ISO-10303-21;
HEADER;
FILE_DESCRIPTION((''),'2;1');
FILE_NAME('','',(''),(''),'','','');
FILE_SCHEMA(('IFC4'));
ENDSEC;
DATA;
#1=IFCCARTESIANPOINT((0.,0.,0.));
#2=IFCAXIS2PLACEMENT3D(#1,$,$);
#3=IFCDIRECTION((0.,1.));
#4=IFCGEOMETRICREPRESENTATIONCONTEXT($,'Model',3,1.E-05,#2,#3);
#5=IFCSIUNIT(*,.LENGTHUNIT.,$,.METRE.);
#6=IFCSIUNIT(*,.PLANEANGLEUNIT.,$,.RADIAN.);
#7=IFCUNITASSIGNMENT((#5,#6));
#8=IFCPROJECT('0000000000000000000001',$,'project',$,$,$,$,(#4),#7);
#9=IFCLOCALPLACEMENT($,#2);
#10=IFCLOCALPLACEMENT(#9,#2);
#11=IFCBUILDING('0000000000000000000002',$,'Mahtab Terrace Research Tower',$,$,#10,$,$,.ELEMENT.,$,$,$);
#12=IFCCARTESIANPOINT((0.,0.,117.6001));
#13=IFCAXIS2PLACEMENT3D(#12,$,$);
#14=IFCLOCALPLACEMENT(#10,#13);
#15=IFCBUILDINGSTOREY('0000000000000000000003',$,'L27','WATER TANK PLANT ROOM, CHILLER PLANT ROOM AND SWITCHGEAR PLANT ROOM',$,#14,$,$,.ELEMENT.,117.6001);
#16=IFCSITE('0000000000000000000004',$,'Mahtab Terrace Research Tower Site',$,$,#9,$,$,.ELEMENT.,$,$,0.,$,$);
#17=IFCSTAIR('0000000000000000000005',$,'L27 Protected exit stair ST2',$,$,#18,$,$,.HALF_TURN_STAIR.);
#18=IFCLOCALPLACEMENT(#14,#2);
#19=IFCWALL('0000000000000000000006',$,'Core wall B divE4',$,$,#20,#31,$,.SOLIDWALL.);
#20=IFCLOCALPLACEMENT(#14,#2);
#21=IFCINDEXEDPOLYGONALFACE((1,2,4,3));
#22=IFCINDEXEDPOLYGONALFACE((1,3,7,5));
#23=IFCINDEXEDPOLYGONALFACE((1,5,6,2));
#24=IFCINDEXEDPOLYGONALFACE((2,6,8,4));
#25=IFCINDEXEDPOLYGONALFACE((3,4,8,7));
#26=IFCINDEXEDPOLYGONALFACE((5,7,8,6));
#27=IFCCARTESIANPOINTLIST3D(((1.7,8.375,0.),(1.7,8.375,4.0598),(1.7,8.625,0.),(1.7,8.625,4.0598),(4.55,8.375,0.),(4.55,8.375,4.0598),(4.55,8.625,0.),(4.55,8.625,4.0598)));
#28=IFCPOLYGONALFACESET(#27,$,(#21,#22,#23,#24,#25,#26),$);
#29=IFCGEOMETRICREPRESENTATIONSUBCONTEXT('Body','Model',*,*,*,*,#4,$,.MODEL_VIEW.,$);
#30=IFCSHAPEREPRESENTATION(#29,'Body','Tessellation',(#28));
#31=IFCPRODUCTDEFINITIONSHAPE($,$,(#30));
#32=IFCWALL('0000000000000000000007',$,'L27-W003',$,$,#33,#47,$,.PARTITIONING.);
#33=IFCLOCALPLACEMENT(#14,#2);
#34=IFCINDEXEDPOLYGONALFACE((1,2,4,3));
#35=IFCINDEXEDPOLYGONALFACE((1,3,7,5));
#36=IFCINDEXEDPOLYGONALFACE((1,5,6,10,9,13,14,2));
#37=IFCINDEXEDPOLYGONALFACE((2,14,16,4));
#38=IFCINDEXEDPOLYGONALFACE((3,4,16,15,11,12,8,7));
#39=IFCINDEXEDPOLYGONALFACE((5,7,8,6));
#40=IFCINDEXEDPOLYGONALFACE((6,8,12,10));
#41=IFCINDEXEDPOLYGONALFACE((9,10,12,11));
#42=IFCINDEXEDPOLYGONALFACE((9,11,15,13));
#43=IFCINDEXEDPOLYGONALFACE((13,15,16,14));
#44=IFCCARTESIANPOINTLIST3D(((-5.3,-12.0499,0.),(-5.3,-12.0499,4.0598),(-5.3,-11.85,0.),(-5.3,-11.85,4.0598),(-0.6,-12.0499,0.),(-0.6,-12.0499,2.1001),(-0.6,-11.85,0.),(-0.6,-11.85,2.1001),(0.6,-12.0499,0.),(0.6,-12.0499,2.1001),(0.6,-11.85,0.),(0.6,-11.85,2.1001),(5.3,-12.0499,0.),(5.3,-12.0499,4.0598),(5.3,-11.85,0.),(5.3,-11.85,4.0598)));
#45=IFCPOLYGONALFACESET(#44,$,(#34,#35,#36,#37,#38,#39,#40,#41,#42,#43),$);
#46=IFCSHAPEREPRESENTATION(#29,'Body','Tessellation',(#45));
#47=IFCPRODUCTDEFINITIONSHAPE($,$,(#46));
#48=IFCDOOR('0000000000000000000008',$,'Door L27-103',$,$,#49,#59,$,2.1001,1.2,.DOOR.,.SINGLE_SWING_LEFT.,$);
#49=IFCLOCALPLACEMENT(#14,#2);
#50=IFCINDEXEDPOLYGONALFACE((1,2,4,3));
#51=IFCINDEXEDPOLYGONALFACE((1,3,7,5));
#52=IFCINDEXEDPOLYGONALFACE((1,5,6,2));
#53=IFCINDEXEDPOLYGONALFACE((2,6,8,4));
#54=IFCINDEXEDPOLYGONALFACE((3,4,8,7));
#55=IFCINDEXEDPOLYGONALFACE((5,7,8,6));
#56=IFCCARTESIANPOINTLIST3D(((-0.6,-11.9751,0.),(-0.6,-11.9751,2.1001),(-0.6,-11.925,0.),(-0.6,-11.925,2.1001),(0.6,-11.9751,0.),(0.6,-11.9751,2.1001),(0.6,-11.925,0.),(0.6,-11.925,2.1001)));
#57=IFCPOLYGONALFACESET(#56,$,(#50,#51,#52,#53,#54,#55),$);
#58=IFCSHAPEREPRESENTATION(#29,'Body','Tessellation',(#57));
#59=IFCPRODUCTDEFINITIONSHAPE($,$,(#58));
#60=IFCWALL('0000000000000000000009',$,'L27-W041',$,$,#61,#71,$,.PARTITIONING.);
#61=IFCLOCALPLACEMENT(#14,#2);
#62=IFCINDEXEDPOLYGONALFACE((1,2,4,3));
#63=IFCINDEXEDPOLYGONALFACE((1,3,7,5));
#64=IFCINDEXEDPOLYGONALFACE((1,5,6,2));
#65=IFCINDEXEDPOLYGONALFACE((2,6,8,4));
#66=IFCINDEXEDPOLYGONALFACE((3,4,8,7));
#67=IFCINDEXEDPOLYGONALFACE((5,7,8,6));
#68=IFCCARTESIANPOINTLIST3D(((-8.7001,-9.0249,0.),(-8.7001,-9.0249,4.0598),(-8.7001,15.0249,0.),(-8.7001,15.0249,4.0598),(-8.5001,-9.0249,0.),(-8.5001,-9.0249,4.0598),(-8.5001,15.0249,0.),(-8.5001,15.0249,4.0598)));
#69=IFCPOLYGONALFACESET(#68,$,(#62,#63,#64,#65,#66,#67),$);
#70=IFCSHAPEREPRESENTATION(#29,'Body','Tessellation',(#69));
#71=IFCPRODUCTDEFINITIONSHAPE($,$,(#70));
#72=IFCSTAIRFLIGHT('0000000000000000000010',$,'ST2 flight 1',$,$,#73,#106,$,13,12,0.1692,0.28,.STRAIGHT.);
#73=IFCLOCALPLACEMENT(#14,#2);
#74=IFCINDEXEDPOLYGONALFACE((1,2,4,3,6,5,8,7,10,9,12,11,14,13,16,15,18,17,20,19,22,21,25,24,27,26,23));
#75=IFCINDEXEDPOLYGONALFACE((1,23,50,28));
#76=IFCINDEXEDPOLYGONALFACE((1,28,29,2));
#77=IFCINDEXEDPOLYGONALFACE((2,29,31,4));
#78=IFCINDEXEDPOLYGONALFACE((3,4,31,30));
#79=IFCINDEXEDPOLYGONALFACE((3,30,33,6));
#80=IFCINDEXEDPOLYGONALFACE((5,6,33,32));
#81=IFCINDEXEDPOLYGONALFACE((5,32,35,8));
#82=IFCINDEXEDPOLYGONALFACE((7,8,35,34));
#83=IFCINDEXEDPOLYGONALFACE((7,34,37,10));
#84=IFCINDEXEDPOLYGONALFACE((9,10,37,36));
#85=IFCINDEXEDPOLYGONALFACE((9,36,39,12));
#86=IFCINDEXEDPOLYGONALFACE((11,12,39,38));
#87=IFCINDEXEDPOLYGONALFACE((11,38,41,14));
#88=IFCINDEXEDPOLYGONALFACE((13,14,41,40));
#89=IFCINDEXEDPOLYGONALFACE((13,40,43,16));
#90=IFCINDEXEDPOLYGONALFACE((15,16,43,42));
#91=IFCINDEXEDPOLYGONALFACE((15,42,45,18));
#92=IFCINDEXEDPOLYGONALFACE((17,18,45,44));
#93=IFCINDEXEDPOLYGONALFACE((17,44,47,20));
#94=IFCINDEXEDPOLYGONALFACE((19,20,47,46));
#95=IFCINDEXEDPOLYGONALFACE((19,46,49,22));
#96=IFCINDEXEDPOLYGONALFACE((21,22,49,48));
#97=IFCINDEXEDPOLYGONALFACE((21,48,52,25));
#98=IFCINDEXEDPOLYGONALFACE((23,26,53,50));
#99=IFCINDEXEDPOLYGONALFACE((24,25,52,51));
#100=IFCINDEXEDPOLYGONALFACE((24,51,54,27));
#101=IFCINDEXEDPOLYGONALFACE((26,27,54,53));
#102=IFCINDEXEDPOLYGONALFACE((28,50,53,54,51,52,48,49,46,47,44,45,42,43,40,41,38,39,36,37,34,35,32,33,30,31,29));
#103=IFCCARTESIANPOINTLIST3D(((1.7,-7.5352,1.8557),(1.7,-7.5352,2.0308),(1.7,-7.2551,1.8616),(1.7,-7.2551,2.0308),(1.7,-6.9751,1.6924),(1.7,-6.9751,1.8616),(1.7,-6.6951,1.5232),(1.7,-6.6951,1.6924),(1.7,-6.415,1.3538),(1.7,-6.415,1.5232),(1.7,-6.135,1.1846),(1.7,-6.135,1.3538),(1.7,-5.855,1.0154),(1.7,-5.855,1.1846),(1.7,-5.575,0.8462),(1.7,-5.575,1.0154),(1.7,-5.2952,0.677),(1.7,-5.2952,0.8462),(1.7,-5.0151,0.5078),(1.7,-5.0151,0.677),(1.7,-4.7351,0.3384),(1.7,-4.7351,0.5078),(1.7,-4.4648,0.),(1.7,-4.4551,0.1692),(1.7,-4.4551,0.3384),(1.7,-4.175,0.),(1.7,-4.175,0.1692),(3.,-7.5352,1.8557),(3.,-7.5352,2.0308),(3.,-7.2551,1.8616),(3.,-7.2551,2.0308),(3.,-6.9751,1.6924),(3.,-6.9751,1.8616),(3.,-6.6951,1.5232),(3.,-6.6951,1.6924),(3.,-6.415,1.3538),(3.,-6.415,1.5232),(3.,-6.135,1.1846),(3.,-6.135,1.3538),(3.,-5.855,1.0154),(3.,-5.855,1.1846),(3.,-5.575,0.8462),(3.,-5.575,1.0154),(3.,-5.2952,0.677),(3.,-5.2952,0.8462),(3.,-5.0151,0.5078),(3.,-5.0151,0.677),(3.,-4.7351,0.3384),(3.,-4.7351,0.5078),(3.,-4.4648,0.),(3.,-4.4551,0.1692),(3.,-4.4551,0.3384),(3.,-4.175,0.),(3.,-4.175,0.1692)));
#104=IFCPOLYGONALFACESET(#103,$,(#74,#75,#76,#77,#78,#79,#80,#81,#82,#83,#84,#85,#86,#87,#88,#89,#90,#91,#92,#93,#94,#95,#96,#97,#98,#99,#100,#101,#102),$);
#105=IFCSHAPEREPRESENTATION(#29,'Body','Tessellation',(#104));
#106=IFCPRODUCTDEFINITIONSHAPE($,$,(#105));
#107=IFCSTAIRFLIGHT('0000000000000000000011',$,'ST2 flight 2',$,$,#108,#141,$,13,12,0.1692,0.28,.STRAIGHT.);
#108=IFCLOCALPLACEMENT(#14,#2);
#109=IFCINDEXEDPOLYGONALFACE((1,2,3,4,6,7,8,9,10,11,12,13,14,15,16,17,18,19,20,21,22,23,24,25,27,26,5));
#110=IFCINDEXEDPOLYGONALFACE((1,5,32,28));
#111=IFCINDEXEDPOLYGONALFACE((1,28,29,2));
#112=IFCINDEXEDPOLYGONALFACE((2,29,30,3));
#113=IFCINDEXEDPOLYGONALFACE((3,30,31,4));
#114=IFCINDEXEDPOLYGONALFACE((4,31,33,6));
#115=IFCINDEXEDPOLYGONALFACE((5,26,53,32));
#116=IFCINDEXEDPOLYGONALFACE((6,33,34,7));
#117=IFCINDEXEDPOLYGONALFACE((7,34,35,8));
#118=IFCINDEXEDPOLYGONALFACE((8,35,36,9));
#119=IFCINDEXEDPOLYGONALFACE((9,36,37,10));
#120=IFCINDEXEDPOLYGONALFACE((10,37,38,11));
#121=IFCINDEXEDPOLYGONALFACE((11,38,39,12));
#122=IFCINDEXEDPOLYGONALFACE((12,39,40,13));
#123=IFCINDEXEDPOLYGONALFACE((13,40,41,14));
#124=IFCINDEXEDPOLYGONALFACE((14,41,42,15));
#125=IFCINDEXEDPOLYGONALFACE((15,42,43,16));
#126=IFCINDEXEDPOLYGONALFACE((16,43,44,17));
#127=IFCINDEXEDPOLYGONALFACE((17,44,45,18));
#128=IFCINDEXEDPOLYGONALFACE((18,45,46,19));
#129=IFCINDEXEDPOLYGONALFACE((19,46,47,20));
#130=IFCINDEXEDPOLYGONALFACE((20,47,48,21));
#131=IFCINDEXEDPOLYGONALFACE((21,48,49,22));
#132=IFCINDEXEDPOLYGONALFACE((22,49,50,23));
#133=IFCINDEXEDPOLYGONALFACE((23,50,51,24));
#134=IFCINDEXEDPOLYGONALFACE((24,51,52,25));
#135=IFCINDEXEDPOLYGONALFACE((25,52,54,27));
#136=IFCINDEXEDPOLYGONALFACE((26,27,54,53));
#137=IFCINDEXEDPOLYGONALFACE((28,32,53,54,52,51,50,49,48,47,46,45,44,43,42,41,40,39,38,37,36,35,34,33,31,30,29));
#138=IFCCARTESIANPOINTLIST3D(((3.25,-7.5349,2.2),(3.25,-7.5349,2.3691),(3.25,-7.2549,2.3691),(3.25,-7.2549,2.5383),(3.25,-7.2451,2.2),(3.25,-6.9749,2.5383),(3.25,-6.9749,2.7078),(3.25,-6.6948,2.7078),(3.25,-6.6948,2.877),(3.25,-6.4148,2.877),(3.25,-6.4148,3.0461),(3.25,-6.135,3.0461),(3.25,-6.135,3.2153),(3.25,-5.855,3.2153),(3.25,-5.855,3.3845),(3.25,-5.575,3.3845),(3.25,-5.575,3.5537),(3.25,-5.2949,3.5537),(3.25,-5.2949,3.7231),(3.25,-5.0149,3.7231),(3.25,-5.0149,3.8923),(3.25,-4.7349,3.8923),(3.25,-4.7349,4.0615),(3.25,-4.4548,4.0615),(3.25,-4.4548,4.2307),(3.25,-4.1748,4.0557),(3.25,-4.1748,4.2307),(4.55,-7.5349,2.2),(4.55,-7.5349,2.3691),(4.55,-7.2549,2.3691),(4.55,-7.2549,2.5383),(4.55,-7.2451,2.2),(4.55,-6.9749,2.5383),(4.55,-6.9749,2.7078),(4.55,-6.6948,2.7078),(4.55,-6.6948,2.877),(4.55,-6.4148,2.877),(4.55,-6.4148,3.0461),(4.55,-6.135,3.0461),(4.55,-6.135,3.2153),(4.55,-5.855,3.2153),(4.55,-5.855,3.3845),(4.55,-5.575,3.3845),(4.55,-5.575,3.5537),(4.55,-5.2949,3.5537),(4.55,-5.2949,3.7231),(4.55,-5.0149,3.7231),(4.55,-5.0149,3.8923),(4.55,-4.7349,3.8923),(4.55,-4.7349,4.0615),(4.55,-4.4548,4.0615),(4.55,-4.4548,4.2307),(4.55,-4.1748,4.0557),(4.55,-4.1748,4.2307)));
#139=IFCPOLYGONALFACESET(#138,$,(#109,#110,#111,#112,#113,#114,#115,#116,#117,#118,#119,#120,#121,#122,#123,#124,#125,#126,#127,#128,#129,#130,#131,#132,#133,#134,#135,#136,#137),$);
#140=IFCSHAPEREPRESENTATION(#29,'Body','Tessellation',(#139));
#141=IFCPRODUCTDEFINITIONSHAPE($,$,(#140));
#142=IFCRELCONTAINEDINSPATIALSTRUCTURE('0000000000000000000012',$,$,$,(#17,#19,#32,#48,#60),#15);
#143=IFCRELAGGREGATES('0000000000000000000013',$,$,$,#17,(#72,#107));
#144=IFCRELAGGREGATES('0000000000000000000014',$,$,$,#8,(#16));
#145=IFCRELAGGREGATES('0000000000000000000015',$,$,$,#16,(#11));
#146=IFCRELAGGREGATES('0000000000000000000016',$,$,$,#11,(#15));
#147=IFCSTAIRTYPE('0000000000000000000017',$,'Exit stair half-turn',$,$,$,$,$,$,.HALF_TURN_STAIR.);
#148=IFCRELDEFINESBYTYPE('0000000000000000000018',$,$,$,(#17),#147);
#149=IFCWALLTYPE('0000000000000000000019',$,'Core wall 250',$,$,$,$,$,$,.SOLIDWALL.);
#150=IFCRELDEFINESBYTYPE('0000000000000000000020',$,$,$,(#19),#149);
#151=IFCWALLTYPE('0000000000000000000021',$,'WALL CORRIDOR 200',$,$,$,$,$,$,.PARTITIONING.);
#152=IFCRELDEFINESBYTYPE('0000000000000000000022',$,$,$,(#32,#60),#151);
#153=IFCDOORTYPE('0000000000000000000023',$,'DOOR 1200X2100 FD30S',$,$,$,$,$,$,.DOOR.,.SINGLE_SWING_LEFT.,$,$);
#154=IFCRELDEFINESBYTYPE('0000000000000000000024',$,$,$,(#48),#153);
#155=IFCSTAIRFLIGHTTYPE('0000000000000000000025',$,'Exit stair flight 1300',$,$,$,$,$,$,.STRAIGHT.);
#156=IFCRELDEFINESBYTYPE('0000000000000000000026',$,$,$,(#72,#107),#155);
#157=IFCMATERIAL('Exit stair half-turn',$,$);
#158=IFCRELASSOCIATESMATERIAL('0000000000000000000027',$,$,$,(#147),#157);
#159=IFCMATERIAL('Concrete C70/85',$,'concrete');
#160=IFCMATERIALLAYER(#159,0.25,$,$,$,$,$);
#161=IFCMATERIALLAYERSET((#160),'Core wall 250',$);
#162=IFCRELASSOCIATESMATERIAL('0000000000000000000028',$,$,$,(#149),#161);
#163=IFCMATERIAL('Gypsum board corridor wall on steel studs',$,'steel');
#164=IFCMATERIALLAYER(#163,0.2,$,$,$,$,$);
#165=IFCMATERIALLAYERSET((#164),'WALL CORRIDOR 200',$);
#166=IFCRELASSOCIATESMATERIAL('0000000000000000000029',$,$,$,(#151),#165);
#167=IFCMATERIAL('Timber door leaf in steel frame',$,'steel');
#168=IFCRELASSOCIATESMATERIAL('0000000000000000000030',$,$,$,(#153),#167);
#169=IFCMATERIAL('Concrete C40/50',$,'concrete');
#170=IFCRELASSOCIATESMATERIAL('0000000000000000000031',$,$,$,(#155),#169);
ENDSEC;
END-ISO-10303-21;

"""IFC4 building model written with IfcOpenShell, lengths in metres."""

from ifc_helpers import new_model, si_unit, direction, frame, frame_2d, origin, place, context, subcontext, project, spatial, polyline, rectangle, outline, extrude, material, layer, layer_set, type_object, element, fill, aggregate, save


model = new_model("IFC4")

# Units and contexts
model_context = context("Model", 3, precision=1e-05, world=origin(), true_north=direction((0.0, 1.0)))
body_context = subcontext(model_context, "Body", "Model", "MODEL_VIEW")
ifc_project = project(units=[si_unit("LENGTHUNIT", "METRE"), si_unit("PLANEANGLEUNIT", "RADIAN")], contexts=[model_context])

# Site, building, storey
site_placement = place(None, origin())
site = spatial("IfcSite", under=ifc_project, at=site_placement, Name="Mahtab Terrace Research Tower Site", CompositionType="ELEMENT", RefElevation=0.0)
building_placement = place(site_placement, origin())
building = spatial("IfcBuilding", under=site, at=building_placement, Name="Mahtab Terrace Research Tower", CompositionType="ELEMENT")
storey_placement = place(building_placement, frame((0.0, 0.0, 117.6001)))
storey = spatial("IfcBuildingStorey", under=building, at=storey_placement, Name="L27", Description="WATER TANK PLANT ROOM, CHILLER PLANT ROOM AND SWITCHGEAR PLANT ROOM", CompositionType="ELEMENT", Elevation=117.6001)

# Shared definitions
ifc_material_1 = material(Name="Concrete C70/85", Category="concrete")

# Stair
ifc_material_2 = material(Name="Exit stair half-turn")
stair_type = type_object("IfcStairType", Name="Exit stair half-turn", PredefinedType="HALF_TURN_STAIR", material=ifc_material_2)
ifc_material_3 = material(Name="Concrete C40/50", Category="concrete")
stair_1_placement = place(storey_placement, origin())
stair_1 = element("IfcStair", 1, at=stair_1_placement, inside=storey, type_object=stair_type, Name="L27 Protected exit stair ST2", PredefinedType="HALF_TURN_STAIR")

# Shared definitions
ifc_layer_1 = layer(ifc_material_1, 0.25)
ifc_layer_set_1 = layer_set([ifc_layer_1], Name="Core wall 250")
wall_type_1 = type_object("IfcWallType", Name="Core wall 250", PredefinedType="SOLIDWALL", material=ifc_layer_set_1)

# Wall
for number, where, z_axis, x_axis, name in (
    (2, (1.7, 8.5, 0.0), (0.0, 0.0, 1.0), (1.0, 0.0, 0.0), "Core wall B divE4"),
):
    element("IfcWall", number, at=place(storey_placement, frame(where, z_axis=z_axis, x_axis=x_axis)), inside=storey, type_object=wall_type_1, Name=name, PredefinedType="SOLIDWALL", context=body_context, shape_type="SweptSolid", body=[
        extrude(rectangle(XDim=2.8501, YDim=0.25, at=frame_2d((1.425, 0.0))), origin(), (0.0, 0.0, 1.0), 4.0598),
    ])

# Wall, opening, door
ifc_material_4 = material(Name="Gypsum board corridor wall on steel studs", Category="steel")
ifc_layer_2 = layer(ifc_material_4, 0.2)
ifc_layer_set_2 = layer_set([ifc_layer_2], Name="WALL CORRIDOR 200")
wall_type_2 = type_object("IfcWallType", Name="WALL CORRIDOR 200", PredefinedType="PARTITIONING", material=ifc_layer_set_2)
wall_1_placement = place(storey_placement, frame((-5.3, -11.95, 0.0), z_axis=(0.0, 0.0, 1.0), x_axis=(1.0, 0.0, 0.0)))
wall_1 = element("IfcWall", 3, at=wall_1_placement, inside=storey, type_object=wall_type_2, Name="L27-W003", PredefinedType="PARTITIONING", context=body_context, shape_type="SweptSolid", body=[
    extrude(rectangle(XDim=10.6001, YDim=0.2, at=frame_2d((5.3, 0.0))), origin(), (0.0, 0.0, 1.0), 4.0598),
])
opening_1_placement = place(wall_1_placement, frame((4.7, 0.0, 0.0)))
opening_1 = element("IfcOpeningElement", 4, at=opening_1_placement, cuts=wall_1, PredefinedType="OPENING", context=body_context, shape_type="SweptSolid", body=[
    extrude(rectangle(XDim=1.2, YDim=2.1001, at=frame_2d((0.6001, 1.05))), frame((0.0, 0.1099, 0.0), z_axis=(0.0, -1.0, 0.0), x_axis=(1.0, 0.0, 0.0)), (0.0, 0.0, 1.0), 0.22),
])
ifc_material_5 = material(Name="Timber door leaf in steel frame", Category="steel")
door_type_1 = type_object("IfcDoorType", Name="DOOR 1200X2100 FD30S", OperationType="SINGLE_SWING_LEFT", PredefinedType="DOOR", material=ifc_material_5)
door_1_placement = place(opening_1_placement, origin())
door_1 = element("IfcDoor", 5, at=door_1_placement, inside=storey, type_object=door_type_1, Name="Door L27-103", OperationType="SINGLE_SWING_LEFT", OverallHeight=2.1001, OverallWidth=1.2, PredefinedType="DOOR", context=body_context, shape_type="SweptSolid", body=[
    extrude(rectangle(XDim=1.2, YDim=2.1001, at=frame_2d((0.6001, 1.05))), frame((0.0, 0.0249, 0.0), z_axis=(0.0, -1.0, 0.0), x_axis=(1.0, 0.0, 0.0)), (0.0, 0.0, 1.0), 0.05),
])
fill(opening_1, door_1)

# Wall
wall_2_placement = place(storey_placement, frame((-8.6001, -9.0249, 0.0), z_axis=(0.0, 0.0, 1.0), x_axis=(0.0, 1.0, 0.0)))
element("IfcWall", 6, at=wall_2_placement, inside=storey, type_object=wall_type_2, Name="L27-W041", PredefinedType="PARTITIONING", context=body_context, shape_type="SweptSolid", body=[
    extrude(rectangle(XDim=24.0498, YDim=0.2, at=frame_2d((12.0249, 0.0))), origin(), (0.0, 0.0, 1.0), 4.0598),
])

# Stair flights
stair_flight_type = type_object("IfcStairFlightType", Name="Exit stair flight 1300", PredefinedType="STRAIGHT", material=ifc_material_3)
stair_flight_1_placement = place(storey_placement, frame((2.3501, -4.175, 0.0), z_axis=(0.0, 0.0, 1.0), x_axis=(0.0, -1.0, 0.0)))
stair_flight_1 = element("IfcStairFlight", 7, at=stair_flight_1_placement, type_object=stair_flight_type, Name="ST2 flight 1", NumberOfRisers=13, NumberOfTreads=12, PredefinedType="STRAIGHT", RiserHeight=0.1692, TreadLength=0.28, context=body_context, shape_type="SweptSolid", body=[
    extrude(outline(polyline([(0.0, 0.0), (0.0, 0.1692), (0.28, 0.1692), (0.28, 0.3384), (0.5601, 0.3384), (0.5601, 0.5078), (0.8401, 0.5078), (0.8401, 0.677), (1.1201, 0.677), (1.1201, 0.8462), (1.3999, 0.8462), (1.3999, 1.0154), (1.6799, 1.0154), (1.6799, 1.1846), (1.96, 1.1846), (1.96, 1.3538), (2.24, 1.3538), (2.24, 1.5232), (2.52, 1.5232), (2.52, 1.6924), (2.8, 1.6924), (2.8, 1.8616), (3.0801, 1.8616), (3.0801, 2.0308), (3.3601, 2.0308), (3.3601, 2.2), (3.3601, 1.8557), (0.2898, 0.0), (0.0, 0.0)])), frame((0.0, 0.6499, 0.0), z_axis=(0.0, -1.0, 0.0), x_axis=(1.0, 0.0, 0.0)), (0.0, 0.0, 1.0), 1.3),
])
stair_flight_2_placement = place(storey_placement, frame((3.8999, -7.5349, 2.2), z_axis=(0.0, 0.0, 1.0), x_axis=(0.0, 1.0, 0.0)))
stair_flight_2 = element("IfcStairFlight", 8, at=stair_flight_2_placement, type_object=stair_flight_type, Name="ST2 flight 2", NumberOfRisers=13, NumberOfTreads=12, PredefinedType="STRAIGHT", RiserHeight=0.1692, TreadLength=0.28, context=body_context, shape_type="SweptSolid", body=[
    extrude(outline(polyline([(0.0, 0.0), (0.0, 0.1692), (0.28, 0.1692), (0.28, 0.3384), (0.5601, 0.3384), (0.5601, 0.5078), (0.8401, 0.5078), (0.8401, 0.677), (1.1201, 0.677), (1.1201, 0.8462), (1.3999, 0.8462), (1.3999, 1.0154), (1.6799, 1.0154), (1.6799, 1.1846), (1.96, 1.1846), (1.96, 1.3538), (2.24, 1.3538), (2.24, 1.5232), (2.52, 1.5232), (2.52, 1.6924), (2.8, 1.6924), (2.8, 1.8616), (3.0801, 1.8616), (3.0801, 2.0308), (3.3601, 2.0308), (3.3601, 2.2), (3.3601, 1.8557), (0.2898, 0.0), (0.0, 0.0)])), frame((0.0, 0.6499, 0.0), z_axis=(0.0, -1.0, 0.0), x_axis=(1.0, 0.0, 0.0)), (0.0, 0.0, 1.0), 1.3),
])
aggregate(stair_1, [stair_flight_1, stair_flight_2])

save(model, "model.ifc")
